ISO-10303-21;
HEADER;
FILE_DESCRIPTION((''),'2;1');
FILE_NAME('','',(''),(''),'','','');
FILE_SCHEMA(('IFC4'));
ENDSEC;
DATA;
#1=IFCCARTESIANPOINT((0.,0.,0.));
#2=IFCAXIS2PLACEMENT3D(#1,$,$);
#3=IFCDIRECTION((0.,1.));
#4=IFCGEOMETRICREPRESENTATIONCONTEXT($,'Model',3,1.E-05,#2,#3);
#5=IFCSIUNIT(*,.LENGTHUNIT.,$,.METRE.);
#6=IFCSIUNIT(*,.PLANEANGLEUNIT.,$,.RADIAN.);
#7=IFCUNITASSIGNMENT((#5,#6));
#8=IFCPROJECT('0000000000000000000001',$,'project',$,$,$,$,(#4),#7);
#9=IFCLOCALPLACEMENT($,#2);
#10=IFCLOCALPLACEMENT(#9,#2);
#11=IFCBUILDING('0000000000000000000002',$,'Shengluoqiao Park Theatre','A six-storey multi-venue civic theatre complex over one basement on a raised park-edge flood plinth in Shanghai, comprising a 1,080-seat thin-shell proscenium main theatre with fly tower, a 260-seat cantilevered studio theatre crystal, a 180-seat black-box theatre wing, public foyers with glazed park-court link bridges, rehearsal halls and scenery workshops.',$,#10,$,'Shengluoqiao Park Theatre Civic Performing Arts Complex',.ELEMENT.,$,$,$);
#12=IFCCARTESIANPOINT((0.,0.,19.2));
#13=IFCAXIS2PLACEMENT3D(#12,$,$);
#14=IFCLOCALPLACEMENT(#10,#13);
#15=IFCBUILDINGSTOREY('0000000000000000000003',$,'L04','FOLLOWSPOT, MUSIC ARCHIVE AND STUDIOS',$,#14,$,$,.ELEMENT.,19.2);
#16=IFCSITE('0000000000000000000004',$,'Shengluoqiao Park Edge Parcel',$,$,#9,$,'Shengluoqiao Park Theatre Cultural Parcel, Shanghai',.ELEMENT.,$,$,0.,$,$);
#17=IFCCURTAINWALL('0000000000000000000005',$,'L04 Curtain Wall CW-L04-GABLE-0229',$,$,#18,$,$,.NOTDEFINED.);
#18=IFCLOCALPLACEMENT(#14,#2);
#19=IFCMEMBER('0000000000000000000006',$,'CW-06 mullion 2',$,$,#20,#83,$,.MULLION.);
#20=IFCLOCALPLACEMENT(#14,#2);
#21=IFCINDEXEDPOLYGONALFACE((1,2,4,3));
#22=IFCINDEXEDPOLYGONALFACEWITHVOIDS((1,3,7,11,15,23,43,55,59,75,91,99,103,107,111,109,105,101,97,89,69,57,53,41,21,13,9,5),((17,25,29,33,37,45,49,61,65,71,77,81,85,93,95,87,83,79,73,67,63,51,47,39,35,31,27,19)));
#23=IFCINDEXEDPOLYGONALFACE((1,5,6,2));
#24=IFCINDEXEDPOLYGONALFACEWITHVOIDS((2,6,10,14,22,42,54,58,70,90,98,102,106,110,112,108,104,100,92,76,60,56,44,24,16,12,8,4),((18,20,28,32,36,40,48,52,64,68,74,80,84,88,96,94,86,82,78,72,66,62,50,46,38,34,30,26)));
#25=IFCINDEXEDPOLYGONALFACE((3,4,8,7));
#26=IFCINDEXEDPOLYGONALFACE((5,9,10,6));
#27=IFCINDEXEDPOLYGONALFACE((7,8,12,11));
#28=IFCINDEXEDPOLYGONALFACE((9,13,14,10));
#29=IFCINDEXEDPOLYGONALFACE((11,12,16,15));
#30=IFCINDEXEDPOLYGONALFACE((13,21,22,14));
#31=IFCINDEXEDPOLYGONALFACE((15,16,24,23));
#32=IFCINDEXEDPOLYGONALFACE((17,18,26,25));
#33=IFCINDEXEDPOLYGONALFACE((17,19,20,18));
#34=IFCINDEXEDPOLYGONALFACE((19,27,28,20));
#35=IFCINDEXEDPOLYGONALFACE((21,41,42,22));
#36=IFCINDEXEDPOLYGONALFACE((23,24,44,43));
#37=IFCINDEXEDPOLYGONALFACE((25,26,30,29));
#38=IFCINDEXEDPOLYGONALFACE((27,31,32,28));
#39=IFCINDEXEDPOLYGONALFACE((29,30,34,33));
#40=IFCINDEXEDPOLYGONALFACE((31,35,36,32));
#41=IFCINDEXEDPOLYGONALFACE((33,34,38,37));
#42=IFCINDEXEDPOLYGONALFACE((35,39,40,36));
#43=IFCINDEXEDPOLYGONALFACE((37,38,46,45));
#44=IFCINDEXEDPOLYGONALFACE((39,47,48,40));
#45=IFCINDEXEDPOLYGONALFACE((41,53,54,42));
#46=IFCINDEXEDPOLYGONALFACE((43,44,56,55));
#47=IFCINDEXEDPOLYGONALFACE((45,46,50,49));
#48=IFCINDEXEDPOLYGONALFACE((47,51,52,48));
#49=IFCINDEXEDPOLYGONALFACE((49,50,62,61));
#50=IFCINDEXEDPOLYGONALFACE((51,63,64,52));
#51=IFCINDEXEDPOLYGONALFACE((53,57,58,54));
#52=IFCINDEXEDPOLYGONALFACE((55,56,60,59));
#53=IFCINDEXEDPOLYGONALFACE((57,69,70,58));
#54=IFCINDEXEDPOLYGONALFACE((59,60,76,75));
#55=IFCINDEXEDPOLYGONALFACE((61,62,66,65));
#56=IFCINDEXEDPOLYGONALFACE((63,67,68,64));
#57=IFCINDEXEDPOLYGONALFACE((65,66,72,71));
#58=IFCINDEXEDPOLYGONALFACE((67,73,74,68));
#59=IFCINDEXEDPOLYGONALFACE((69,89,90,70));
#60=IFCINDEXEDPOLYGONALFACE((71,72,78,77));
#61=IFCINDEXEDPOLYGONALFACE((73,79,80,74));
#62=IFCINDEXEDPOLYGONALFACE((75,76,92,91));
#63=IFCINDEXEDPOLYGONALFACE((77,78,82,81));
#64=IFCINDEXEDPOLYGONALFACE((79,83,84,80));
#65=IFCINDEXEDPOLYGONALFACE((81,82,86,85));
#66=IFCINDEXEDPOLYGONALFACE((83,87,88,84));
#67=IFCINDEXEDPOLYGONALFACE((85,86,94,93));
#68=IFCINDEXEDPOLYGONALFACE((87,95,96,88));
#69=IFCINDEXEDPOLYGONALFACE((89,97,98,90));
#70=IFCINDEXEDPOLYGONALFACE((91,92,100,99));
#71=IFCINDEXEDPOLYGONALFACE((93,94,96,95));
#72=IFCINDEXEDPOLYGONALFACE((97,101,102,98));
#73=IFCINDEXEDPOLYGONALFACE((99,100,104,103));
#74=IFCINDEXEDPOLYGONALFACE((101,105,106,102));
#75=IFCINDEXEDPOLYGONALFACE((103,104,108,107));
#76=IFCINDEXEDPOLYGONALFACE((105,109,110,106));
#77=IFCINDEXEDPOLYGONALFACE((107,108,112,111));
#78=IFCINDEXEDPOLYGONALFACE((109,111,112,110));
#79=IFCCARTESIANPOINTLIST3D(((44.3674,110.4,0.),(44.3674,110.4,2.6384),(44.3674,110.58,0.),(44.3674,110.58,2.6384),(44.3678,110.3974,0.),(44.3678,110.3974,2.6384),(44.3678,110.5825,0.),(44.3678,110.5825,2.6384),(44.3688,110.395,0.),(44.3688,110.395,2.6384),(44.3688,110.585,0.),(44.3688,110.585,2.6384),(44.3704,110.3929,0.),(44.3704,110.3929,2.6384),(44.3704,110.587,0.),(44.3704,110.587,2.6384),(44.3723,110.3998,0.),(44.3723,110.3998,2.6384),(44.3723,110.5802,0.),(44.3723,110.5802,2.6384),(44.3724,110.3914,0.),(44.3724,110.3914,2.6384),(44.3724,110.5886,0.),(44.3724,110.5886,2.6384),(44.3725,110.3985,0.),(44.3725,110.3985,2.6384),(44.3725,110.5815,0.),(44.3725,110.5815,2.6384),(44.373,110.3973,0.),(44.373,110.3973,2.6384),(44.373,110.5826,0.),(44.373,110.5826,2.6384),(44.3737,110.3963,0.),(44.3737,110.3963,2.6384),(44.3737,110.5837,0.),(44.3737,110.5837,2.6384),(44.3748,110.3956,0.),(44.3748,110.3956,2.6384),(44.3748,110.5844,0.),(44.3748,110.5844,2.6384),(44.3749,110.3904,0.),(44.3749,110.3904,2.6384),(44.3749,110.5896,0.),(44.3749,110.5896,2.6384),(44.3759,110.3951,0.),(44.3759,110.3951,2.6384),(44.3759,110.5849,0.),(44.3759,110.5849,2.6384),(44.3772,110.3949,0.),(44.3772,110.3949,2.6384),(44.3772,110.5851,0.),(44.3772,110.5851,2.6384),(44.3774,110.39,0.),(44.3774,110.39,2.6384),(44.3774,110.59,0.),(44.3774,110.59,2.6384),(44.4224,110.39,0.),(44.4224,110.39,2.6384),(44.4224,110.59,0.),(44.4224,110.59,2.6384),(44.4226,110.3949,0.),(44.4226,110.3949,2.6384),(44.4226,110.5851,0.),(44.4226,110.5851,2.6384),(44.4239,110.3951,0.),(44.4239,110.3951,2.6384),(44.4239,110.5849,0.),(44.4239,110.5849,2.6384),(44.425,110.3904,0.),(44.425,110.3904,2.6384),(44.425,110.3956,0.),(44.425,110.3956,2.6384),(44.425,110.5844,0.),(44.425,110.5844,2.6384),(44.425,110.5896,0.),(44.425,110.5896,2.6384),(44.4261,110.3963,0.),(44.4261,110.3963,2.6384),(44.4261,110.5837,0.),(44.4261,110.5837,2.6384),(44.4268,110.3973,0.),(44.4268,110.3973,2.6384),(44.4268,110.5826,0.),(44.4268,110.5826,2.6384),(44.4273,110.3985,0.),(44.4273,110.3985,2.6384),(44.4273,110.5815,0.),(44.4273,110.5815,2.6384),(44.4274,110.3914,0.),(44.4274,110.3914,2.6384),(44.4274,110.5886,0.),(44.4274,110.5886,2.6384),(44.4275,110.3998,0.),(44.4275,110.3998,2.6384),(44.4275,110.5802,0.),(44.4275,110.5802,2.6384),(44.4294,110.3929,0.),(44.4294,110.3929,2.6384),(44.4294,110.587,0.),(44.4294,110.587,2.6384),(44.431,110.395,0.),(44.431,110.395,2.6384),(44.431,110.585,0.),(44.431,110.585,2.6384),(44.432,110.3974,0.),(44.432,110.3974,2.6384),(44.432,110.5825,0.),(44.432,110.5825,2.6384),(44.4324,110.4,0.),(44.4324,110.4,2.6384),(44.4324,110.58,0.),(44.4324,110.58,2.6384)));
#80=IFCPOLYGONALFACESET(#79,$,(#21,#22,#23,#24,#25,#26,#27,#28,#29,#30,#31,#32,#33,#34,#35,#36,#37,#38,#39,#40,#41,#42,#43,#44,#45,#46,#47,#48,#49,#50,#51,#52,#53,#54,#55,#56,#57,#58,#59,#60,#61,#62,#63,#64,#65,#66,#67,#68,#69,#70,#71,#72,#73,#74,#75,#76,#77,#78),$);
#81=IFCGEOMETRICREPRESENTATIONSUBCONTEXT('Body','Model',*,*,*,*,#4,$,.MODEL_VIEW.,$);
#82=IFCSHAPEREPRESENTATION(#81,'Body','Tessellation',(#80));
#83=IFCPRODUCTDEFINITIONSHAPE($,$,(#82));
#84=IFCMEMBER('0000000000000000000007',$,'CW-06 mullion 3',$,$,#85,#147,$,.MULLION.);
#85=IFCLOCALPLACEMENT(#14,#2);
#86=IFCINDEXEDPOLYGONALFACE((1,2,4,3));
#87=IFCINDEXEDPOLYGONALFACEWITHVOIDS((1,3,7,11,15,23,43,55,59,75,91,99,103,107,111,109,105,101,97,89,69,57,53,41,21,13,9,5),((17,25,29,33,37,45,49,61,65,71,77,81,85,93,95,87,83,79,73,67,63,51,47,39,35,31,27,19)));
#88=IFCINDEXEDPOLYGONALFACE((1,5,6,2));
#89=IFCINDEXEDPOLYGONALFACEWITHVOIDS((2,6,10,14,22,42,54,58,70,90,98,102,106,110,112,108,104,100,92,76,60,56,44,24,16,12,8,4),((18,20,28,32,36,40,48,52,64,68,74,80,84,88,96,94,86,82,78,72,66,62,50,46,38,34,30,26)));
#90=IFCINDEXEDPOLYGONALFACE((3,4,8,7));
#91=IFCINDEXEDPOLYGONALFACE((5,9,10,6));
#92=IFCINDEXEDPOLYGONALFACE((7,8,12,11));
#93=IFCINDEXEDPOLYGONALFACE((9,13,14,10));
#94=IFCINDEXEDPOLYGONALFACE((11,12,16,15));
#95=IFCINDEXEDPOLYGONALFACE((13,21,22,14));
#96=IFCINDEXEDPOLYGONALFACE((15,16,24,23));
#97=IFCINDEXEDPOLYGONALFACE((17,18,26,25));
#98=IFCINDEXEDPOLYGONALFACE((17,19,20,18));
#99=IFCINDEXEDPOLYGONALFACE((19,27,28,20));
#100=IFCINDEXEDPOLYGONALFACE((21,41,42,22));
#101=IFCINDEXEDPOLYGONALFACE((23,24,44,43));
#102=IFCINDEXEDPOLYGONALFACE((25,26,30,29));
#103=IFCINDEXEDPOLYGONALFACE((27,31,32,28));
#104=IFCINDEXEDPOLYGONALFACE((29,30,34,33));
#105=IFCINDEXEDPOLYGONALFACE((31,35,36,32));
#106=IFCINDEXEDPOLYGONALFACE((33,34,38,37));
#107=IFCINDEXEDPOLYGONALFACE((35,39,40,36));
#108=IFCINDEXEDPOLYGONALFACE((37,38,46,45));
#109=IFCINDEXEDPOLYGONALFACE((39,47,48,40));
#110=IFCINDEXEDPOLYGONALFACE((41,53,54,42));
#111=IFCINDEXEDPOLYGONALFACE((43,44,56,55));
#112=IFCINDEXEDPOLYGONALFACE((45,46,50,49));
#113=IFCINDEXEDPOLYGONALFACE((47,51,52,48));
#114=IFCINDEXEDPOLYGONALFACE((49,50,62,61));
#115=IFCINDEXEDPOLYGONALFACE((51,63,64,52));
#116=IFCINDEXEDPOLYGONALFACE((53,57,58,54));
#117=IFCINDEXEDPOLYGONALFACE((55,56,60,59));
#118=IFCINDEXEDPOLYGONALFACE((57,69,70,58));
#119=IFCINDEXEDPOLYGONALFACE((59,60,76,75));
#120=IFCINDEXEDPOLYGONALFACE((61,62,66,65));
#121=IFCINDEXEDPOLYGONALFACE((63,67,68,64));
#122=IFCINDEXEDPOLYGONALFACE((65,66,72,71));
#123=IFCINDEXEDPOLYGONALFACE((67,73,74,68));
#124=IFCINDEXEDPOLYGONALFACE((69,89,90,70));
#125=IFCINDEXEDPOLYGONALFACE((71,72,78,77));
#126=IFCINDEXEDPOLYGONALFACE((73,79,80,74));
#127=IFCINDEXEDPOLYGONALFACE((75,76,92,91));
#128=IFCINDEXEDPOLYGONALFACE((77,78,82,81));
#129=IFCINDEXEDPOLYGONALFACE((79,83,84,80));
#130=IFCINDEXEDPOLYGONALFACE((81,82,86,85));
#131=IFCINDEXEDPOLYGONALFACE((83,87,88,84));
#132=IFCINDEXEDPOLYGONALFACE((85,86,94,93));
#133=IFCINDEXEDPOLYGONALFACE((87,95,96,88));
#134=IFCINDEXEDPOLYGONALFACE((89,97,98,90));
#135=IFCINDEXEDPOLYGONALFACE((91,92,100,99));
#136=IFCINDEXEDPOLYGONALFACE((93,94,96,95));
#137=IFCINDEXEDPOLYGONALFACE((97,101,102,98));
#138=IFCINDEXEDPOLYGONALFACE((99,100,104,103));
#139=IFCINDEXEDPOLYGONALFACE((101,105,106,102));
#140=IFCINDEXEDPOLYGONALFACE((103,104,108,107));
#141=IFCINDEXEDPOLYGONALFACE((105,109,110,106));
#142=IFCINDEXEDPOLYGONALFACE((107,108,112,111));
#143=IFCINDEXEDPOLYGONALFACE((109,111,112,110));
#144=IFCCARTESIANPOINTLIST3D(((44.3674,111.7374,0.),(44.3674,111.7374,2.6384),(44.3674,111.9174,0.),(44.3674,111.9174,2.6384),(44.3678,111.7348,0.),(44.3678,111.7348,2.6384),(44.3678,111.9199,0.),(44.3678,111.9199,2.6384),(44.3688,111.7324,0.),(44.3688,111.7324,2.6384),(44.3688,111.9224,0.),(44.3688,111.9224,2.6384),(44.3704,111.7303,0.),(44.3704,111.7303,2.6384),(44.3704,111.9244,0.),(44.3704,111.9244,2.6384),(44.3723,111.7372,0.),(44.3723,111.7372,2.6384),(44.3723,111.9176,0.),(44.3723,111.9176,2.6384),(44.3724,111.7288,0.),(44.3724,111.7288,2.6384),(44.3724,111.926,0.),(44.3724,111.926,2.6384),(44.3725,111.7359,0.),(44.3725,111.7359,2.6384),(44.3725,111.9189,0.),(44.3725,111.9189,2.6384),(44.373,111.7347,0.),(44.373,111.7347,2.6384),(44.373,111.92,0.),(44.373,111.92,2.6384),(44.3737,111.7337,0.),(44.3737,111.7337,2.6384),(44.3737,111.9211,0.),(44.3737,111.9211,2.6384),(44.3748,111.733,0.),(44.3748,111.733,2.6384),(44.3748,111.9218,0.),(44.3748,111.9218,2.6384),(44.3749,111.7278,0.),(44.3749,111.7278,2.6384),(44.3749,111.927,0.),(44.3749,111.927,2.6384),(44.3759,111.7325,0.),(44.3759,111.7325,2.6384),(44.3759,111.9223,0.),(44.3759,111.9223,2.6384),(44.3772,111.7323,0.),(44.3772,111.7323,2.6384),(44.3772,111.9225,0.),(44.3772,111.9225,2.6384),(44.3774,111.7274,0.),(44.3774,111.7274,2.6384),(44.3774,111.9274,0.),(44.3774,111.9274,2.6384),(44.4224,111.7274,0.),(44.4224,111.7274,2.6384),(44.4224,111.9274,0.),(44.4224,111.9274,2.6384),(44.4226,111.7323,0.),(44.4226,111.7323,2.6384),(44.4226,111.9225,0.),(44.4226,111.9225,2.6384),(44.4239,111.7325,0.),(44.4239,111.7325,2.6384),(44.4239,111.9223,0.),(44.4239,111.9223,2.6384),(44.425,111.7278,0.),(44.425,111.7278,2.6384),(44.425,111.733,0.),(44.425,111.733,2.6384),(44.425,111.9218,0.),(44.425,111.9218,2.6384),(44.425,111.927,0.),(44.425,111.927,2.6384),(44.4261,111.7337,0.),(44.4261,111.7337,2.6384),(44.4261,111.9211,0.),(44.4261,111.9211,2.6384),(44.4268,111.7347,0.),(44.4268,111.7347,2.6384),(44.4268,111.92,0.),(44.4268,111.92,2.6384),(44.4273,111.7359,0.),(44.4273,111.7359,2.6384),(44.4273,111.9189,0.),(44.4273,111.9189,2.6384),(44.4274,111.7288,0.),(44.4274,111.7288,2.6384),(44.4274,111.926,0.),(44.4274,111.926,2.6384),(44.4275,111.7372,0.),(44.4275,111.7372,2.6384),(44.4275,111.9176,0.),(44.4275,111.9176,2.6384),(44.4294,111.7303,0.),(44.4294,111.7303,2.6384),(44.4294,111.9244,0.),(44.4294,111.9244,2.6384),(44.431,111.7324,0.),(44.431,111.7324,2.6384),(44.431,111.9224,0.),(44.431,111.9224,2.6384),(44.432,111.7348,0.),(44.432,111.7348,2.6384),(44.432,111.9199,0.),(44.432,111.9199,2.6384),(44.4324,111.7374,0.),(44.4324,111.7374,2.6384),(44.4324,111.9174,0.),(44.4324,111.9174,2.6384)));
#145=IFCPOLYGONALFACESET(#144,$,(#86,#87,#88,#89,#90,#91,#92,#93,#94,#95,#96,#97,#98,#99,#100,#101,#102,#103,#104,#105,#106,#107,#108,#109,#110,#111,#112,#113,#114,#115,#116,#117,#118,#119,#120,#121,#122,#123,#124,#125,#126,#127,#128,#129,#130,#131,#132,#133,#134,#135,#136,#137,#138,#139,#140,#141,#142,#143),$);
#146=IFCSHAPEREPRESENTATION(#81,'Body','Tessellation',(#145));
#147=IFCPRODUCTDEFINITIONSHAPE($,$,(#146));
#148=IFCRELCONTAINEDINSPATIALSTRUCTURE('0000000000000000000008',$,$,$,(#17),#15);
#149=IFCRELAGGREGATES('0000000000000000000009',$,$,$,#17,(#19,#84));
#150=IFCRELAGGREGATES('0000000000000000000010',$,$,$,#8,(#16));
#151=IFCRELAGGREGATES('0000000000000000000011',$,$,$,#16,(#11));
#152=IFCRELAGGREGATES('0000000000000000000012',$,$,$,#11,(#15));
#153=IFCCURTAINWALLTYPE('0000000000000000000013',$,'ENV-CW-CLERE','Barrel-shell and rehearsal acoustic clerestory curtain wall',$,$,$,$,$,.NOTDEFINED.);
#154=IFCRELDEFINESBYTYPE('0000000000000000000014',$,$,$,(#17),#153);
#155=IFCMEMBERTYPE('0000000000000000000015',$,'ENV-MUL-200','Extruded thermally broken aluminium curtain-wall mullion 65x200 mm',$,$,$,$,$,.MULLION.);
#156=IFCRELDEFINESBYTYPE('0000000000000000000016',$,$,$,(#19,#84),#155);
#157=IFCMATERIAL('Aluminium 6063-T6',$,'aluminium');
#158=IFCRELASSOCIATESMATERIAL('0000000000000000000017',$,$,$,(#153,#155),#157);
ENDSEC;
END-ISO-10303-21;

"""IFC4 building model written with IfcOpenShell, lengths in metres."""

from ifc_helpers import new_model, si_unit, direction, frame, origin, origin_2d, place, context, subcontext, project, spatial, hollow_rectangle, extrude, material, material_profile, profile_set, type_object, element, aggregate, save


model = new_model("IFC4")

# Units and contexts
model_context = context("Model", 3, precision=1e-05, world=origin(), true_north=direction((0.0, 1.0)))
body_context = subcontext(model_context, "Body", "Model", "MODEL_VIEW")
ifc_project = project(units=[si_unit("LENGTHUNIT", "METRE"), si_unit("PLANEANGLEUNIT", "RADIAN")], contexts=[model_context])

# Site, building, storey
site_placement = place(None, origin())
site = spatial("IfcSite", under=ifc_project, at=site_placement, Name="Shengluoqiao Park Edge Parcel", LongName="Shengluoqiao Park Theatre Cultural Parcel, Shanghai", CompositionType="ELEMENT", RefElevation=0.0)
building_placement = place(site_placement, origin())
building = spatial("IfcBuilding", under=site, at=building_placement, Name="Shengluoqiao Park Theatre", Description="A six-storey multi-venue civic theatre complex over one basement on a raised park-edge flood plinth in Shanghai, comprising a 1,080-seat thin-shell proscenium main theatre with fly tower, a 260-seat cantilevered studio theatre crystal, a 180-seat black-box theatre wing, public foyers with glazed park-court link bridges, rehearsal halls and scenery workshops.", LongName="Shengluoqiao Park Theatre Civic Performing Arts Complex", CompositionType="ELEMENT")
storey_placement = place(building_placement, frame((0.0, 0.0, 19.2)))
storey = spatial("IfcBuildingStorey", under=building, at=storey_placement, Name="L04", Description="FOLLOWSPOT, MUSIC ARCHIVE AND STUDIOS", CompositionType="ELEMENT", Elevation=19.2)

# Curtain wall, members
ifc_material_1 = material(Name="Aluminium 6063-T6", Category="aluminium")
curtain_wall_type = type_object("IfcCurtainWallType", Name="ENV-CW-CLERE", Description="Barrel-shell and rehearsal acoustic clerestory curtain wall", PredefinedType="NOTDEFINED", material=ifc_material_1)
curtain_wall_placement = place(storey_placement, origin())
curtain_wall = element("IfcCurtainWall", 1, at=curtain_wall_placement, inside=storey, type_object=curtain_wall_type, Name="L04 Curtain Wall CW-L04-GABLE-0229", PredefinedType="NOTDEFINED")
ifc_material_profile_1 = material_profile(ifc_material_1, hollow_rectangle(XDim=0.0649, YDim=0.2, WallThickness=0.0049, InnerFilletRadius=0.0049, OuterFilletRadius=0.01, at=origin_2d()), Name="ALU MULLION 200x65x5")
ifc_profile_set_1 = profile_set([ifc_material_profile_1], Name="Aluminium 6063-T6")
member_type_1 = type_object("IfcMemberType", Name="ENV-MUL-200", Description="Extruded thermally broken aluminium curtain-wall mullion 65x200 mm", PredefinedType="MULLION", material=ifc_profile_set_1)
member_1_placement = place(storey_placement, frame((44.3999, 110.49, 0.0), z_axis=(0.0, 0.0, 1.0), x_axis=(-1.0, 0.0, 0.0)))
member_1 = element("IfcMember", 2, at=member_1_placement, type_object=member_type_1, Name="CW-06 mullion 2", PredefinedType="MULLION", context=body_context, shape_type="SweptSolid", body=[
    extrude(hollow_rectangle(XDim=0.0649, YDim=0.2, WallThickness=0.0049, InnerFilletRadius=0.0049, OuterFilletRadius=0.01, at=origin_2d()), origin(), (0.0, 0.0, 1.0), 2.6384),
])
member_2_placement = place(storey_placement, frame((44.3999, 111.8274, 0.0), z_axis=(0.0, 0.0, 1.0), x_axis=(-1.0, 0.0, 0.0)))
member_2 = element("IfcMember", 3, at=member_2_placement, type_object=member_type_1, Name="CW-06 mullion 3", PredefinedType="MULLION", context=body_context, shape_type="SweptSolid", body=[
    extrude(hollow_rectangle(XDim=0.0649, YDim=0.2, WallThickness=0.0049, InnerFilletRadius=0.0049, OuterFilletRadius=0.01, at=origin_2d()), origin(), (0.0, 0.0, 1.0), 2.6384),
])

aggregate(curtain_wall, [member_1, member_2])

save(model, "model.ifc")
